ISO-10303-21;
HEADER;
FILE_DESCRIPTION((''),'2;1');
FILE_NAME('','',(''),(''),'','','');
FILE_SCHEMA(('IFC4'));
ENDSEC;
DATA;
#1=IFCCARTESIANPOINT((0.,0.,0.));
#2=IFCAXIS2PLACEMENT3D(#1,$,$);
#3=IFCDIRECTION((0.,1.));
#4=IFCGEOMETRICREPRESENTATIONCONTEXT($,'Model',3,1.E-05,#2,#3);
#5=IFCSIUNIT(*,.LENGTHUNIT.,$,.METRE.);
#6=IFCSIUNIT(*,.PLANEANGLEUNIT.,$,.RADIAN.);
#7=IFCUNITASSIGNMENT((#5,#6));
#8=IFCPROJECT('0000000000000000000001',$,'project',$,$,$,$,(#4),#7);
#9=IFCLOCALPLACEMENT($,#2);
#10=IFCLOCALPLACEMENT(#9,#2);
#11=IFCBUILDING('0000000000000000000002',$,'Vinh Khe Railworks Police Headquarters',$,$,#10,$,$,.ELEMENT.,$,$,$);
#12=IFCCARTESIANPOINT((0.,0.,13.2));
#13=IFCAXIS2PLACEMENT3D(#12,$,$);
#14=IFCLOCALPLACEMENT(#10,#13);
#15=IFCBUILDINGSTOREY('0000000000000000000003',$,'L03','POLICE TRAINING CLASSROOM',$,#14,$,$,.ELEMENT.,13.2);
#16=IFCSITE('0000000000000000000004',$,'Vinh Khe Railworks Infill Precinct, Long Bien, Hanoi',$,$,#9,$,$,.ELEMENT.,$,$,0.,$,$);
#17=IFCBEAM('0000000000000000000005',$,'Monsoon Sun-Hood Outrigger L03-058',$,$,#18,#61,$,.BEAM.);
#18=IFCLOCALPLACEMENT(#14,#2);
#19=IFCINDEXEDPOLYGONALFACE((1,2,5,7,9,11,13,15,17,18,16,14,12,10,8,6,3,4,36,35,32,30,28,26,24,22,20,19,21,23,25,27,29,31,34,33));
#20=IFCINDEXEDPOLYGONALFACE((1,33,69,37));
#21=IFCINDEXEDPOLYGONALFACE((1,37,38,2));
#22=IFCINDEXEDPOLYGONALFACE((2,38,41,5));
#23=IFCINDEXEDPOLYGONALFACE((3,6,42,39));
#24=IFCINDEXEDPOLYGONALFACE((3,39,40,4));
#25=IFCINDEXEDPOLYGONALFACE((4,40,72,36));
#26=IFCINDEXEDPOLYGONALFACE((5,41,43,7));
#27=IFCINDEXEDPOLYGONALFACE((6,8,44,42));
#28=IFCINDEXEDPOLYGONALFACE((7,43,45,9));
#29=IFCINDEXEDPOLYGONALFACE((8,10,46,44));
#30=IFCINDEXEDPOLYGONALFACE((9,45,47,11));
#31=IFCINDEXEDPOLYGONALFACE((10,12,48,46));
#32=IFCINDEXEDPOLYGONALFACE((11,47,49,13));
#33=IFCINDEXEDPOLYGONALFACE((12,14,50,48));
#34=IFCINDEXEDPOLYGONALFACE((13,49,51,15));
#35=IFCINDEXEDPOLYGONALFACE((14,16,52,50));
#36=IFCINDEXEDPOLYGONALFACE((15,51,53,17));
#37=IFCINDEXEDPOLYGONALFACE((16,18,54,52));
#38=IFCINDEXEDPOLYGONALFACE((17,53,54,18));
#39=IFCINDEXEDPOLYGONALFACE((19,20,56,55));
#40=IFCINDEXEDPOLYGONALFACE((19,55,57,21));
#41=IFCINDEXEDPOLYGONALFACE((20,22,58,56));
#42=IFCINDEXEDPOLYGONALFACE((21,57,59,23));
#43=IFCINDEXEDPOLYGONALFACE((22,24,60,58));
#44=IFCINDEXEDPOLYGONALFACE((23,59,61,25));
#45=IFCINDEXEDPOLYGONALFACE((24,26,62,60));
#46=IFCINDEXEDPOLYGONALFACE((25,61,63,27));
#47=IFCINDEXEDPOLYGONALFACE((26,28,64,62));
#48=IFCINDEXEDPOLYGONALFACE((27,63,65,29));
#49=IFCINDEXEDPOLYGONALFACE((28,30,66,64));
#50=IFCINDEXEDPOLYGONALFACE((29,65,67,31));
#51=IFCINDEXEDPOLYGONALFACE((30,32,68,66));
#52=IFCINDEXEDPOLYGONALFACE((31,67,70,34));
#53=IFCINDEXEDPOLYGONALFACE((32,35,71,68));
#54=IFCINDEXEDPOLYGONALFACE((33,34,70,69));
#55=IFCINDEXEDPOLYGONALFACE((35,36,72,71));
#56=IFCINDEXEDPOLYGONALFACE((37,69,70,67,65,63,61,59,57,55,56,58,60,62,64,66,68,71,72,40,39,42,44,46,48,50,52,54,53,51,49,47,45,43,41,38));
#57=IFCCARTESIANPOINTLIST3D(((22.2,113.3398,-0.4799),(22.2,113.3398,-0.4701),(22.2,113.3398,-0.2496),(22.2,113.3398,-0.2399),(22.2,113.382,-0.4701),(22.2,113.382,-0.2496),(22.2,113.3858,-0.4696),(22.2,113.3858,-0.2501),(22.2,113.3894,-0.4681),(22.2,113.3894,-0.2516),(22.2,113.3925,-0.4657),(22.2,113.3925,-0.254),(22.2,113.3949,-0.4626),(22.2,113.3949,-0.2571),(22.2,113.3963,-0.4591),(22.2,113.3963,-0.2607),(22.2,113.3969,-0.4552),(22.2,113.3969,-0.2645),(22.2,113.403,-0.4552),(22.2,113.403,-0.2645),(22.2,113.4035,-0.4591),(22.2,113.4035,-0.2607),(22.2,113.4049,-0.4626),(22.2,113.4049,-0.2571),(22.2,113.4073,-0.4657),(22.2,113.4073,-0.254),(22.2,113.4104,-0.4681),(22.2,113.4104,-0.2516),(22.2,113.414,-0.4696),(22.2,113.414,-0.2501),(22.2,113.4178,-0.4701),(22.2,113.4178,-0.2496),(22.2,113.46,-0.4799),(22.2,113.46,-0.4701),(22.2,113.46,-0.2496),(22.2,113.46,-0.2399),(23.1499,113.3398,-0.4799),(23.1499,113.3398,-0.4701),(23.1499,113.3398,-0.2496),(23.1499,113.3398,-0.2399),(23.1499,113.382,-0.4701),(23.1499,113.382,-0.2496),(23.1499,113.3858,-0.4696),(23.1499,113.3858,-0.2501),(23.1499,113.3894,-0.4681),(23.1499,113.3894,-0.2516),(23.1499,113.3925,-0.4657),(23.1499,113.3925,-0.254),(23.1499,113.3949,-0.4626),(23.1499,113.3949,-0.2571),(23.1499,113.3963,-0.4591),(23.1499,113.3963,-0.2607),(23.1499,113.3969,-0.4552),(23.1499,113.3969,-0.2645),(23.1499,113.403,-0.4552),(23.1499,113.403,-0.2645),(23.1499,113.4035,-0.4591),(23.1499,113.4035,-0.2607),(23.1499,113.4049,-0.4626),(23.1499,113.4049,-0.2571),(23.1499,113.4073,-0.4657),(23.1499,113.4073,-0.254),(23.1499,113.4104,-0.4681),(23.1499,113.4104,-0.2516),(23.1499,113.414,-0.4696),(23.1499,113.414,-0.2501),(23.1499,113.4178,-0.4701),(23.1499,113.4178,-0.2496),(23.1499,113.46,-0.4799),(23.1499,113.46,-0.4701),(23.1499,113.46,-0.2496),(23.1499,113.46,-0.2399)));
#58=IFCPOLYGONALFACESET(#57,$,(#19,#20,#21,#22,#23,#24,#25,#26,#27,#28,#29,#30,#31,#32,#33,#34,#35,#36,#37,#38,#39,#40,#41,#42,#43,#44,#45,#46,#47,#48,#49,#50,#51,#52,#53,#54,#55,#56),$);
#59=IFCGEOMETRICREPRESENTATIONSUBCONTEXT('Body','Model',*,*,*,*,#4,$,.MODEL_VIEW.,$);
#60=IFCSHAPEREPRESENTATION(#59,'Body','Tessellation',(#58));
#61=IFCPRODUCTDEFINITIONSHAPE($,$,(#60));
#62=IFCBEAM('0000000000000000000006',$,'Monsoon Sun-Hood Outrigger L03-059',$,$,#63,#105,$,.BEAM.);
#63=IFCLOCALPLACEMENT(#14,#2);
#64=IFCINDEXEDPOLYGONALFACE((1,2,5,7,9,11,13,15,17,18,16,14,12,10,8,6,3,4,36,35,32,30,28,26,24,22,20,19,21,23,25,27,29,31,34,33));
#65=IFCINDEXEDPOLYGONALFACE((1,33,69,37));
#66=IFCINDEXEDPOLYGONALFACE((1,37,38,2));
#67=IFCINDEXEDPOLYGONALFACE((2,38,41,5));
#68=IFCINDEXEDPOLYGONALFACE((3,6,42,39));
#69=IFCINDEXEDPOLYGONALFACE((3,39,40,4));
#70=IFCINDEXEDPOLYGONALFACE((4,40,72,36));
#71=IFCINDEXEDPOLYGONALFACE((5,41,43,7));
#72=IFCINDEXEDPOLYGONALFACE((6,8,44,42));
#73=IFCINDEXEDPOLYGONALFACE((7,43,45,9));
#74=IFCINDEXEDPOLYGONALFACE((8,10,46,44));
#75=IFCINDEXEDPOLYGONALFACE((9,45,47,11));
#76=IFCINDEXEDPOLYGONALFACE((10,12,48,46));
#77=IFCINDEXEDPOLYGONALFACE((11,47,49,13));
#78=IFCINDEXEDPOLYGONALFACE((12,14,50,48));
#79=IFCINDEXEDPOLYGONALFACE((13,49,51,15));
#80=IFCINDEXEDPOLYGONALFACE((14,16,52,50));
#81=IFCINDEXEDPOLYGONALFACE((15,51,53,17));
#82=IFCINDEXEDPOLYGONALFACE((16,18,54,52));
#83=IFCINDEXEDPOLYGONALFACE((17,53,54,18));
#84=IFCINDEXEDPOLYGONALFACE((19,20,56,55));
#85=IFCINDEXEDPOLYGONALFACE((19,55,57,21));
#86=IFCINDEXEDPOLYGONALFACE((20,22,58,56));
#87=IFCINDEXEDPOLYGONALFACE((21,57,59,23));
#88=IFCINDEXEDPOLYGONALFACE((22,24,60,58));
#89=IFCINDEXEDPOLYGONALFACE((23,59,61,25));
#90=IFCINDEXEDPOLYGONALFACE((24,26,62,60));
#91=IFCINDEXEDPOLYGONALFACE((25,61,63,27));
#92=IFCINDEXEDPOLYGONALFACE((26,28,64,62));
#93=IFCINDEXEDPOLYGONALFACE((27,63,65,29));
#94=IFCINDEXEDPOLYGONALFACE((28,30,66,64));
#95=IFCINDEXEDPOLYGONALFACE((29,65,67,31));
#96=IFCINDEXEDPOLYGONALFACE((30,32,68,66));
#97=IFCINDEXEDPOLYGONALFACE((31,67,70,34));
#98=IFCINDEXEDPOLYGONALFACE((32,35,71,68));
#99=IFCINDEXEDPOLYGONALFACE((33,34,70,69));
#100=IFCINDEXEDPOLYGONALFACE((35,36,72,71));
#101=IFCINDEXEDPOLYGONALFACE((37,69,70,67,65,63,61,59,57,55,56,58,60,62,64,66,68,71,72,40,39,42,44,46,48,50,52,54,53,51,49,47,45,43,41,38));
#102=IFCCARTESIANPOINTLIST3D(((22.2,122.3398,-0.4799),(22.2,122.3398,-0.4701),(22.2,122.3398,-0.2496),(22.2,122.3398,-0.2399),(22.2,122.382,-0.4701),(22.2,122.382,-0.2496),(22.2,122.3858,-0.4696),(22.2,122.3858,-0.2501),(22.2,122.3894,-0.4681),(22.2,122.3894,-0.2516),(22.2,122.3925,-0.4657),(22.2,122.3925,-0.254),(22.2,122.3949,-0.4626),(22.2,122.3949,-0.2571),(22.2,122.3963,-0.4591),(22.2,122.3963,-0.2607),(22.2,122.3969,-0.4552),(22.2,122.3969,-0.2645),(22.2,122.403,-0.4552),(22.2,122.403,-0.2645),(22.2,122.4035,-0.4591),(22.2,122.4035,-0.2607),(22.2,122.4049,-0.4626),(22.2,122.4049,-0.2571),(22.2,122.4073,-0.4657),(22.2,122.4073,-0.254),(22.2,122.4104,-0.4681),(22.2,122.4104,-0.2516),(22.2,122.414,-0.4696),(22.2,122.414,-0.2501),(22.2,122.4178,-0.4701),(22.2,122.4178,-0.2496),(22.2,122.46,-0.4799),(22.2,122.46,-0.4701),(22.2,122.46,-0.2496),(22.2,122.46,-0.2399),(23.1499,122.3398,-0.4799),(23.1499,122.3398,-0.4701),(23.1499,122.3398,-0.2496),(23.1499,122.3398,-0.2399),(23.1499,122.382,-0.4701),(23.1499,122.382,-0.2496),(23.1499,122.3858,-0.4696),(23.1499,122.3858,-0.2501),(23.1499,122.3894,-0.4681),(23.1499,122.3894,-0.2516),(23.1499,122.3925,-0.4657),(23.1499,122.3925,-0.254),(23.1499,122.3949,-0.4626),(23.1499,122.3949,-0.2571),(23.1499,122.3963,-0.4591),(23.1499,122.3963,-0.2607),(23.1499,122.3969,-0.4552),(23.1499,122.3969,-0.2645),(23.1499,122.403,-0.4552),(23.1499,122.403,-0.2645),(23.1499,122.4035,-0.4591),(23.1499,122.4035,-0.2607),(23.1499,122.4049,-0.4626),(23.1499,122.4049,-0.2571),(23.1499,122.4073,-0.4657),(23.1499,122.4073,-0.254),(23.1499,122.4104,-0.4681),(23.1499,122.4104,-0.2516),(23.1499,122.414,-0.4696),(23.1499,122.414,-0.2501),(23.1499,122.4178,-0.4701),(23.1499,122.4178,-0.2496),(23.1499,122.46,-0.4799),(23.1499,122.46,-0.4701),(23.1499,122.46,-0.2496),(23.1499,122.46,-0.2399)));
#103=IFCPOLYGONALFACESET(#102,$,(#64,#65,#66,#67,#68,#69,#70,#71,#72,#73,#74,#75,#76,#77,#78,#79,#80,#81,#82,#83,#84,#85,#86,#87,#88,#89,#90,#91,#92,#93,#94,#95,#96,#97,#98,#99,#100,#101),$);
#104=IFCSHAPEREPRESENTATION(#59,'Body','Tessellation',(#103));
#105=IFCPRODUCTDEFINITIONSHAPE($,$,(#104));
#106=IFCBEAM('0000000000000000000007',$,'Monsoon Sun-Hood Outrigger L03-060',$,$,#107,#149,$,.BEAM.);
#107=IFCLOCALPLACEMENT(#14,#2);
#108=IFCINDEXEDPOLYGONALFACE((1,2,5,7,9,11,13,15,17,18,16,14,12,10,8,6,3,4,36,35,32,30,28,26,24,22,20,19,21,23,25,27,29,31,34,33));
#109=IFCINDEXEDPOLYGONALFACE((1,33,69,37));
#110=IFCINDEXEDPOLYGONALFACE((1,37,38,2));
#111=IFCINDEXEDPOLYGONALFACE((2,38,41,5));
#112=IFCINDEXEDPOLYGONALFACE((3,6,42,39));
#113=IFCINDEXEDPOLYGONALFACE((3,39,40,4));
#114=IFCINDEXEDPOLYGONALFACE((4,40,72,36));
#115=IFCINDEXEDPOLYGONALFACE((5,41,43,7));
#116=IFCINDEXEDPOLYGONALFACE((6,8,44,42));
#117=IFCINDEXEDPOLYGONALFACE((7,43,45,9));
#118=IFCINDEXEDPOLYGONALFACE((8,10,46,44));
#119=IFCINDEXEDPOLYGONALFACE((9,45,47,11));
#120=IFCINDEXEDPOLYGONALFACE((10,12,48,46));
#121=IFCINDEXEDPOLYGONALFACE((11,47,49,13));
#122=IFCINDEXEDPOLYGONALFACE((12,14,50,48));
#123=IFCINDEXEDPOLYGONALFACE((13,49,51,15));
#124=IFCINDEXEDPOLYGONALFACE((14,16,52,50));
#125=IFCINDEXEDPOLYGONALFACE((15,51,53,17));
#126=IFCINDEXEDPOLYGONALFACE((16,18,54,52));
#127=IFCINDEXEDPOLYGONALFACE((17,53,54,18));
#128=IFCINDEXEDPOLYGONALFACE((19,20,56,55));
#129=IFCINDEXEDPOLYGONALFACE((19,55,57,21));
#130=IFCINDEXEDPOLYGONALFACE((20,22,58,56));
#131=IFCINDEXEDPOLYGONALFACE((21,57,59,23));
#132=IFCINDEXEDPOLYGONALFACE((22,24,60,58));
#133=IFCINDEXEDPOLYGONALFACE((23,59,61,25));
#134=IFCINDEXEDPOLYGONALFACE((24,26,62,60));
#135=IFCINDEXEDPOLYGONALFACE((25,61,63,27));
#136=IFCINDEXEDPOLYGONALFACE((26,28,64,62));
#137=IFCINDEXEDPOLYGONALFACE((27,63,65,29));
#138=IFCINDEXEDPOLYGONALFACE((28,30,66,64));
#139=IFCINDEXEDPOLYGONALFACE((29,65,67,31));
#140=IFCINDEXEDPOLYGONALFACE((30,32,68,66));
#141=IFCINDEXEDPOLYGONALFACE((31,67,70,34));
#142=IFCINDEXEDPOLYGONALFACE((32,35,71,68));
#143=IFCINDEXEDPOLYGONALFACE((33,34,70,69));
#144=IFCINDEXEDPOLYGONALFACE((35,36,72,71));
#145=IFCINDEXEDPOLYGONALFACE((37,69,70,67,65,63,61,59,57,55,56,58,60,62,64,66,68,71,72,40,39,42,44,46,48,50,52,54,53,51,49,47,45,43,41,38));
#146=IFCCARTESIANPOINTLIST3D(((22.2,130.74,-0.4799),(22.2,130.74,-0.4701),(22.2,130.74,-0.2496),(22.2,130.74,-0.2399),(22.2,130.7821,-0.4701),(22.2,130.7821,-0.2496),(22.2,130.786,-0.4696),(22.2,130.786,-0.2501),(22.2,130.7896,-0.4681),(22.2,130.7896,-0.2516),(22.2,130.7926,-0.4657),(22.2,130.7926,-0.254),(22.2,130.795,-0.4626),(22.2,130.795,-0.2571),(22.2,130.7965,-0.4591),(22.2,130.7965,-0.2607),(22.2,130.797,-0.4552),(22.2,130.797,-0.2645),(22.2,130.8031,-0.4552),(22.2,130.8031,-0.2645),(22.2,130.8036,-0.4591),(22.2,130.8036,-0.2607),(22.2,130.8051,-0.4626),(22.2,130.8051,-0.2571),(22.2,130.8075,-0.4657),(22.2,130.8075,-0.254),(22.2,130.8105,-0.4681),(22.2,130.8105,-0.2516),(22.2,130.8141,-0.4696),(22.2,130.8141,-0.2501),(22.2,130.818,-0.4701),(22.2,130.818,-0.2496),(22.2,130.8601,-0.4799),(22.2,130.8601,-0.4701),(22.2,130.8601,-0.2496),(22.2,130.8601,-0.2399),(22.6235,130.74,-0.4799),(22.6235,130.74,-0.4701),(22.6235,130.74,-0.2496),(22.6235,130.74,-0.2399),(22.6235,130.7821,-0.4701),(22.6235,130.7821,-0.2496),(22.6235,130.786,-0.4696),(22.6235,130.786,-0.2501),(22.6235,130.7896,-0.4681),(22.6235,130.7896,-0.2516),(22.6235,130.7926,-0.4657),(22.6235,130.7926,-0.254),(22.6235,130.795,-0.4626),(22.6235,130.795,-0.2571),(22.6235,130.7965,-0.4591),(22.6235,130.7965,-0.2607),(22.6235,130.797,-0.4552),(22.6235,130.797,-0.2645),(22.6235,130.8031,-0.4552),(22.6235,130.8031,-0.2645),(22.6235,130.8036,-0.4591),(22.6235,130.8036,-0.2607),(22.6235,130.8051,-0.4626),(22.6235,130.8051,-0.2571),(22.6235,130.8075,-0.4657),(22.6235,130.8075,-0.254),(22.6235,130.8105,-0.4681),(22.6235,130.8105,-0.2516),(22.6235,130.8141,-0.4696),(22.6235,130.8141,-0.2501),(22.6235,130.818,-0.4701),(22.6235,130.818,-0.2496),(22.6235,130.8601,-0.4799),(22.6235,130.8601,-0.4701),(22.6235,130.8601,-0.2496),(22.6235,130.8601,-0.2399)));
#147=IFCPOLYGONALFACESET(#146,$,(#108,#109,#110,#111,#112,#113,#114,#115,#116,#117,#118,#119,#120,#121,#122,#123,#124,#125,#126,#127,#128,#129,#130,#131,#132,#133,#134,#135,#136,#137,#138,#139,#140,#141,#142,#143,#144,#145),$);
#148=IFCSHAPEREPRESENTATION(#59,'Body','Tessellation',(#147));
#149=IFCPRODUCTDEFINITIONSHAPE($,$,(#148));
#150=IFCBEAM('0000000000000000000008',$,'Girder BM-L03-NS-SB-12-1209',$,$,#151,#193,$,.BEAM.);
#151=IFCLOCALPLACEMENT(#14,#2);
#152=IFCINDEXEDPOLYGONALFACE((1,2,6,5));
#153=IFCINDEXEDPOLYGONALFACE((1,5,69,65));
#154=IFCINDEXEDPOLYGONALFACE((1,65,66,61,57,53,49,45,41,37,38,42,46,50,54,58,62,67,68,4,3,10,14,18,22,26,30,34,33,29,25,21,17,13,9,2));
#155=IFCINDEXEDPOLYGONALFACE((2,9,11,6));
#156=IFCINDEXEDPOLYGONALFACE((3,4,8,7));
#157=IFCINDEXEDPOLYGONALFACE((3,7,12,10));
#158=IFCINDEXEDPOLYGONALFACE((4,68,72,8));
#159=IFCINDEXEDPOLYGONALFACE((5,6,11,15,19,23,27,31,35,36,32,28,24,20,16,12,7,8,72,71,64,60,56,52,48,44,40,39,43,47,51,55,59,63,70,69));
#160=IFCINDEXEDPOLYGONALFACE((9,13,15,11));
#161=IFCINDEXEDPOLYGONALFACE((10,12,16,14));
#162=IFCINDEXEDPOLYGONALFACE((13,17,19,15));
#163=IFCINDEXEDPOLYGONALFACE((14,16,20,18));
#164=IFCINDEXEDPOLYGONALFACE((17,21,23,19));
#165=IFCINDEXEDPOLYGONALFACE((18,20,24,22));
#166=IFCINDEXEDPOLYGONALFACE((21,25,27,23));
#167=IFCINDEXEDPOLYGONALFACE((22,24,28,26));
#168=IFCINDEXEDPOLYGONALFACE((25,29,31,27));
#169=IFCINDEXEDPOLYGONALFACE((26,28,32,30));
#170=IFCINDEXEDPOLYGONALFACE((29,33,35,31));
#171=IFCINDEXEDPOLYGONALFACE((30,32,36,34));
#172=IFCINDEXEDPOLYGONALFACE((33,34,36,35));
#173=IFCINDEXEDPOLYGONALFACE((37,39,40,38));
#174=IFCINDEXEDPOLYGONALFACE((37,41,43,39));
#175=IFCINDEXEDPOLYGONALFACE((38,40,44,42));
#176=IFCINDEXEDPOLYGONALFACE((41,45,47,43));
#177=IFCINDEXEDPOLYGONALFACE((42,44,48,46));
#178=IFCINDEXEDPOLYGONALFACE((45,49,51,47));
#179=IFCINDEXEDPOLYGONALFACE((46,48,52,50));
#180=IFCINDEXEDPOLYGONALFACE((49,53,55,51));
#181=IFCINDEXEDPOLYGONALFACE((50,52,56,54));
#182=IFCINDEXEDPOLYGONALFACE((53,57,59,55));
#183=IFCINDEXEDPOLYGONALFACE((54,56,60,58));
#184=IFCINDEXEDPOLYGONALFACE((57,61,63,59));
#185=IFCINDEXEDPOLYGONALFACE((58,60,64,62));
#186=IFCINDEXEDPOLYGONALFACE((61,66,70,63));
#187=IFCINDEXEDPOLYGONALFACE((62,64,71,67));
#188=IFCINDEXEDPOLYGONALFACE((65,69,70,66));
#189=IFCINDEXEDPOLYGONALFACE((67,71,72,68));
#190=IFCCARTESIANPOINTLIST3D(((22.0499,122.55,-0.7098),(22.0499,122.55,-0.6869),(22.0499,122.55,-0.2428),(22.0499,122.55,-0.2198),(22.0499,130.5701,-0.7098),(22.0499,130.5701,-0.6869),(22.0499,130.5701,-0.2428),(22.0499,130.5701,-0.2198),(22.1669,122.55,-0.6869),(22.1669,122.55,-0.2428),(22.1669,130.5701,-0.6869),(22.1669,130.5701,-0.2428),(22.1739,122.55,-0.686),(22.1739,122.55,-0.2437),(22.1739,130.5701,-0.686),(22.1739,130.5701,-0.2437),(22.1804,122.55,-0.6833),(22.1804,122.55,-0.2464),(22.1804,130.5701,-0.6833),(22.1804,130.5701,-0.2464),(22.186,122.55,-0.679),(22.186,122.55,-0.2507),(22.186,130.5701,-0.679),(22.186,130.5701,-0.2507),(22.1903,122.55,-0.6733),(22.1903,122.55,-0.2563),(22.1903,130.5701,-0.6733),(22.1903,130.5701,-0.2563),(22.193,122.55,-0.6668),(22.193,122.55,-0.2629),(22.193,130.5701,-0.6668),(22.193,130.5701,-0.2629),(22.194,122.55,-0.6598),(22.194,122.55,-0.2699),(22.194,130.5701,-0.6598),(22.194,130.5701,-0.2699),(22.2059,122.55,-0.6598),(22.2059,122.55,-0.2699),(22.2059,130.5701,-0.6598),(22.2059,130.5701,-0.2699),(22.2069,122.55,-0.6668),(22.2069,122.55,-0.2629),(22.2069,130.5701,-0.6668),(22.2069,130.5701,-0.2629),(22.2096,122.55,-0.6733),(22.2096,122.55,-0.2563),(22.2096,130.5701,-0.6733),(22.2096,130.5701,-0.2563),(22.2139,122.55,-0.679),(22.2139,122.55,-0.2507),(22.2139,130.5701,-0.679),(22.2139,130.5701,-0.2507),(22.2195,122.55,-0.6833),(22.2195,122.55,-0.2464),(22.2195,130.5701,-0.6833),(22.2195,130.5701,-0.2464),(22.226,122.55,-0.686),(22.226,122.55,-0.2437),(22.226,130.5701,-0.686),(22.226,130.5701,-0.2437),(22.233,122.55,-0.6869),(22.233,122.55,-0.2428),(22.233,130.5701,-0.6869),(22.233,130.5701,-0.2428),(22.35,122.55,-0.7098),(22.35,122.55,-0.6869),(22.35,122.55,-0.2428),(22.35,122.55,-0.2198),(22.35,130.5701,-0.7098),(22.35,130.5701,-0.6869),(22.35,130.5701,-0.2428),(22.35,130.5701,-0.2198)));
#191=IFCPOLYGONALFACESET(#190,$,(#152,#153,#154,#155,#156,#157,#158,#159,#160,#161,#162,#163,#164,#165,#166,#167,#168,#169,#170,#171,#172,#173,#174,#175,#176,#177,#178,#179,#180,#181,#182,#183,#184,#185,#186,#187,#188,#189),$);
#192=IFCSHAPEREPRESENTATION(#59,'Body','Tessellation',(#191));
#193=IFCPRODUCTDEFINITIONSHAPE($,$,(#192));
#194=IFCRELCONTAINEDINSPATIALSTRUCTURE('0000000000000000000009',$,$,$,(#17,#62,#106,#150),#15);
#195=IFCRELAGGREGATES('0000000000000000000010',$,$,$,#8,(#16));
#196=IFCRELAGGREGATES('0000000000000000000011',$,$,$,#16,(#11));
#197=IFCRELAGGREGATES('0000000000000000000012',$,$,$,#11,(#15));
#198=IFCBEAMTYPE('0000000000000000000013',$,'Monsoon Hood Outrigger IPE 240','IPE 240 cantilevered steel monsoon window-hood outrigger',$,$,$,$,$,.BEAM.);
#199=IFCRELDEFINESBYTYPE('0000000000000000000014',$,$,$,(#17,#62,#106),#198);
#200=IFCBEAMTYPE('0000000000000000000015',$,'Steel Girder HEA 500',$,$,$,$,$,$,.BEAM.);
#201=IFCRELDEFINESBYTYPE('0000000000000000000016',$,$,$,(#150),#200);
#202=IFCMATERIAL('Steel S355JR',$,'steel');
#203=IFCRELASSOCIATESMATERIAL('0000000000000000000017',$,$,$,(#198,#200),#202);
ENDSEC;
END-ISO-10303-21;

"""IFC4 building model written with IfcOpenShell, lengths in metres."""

from ifc_helpers import new_model, si_unit, direction, frame, origin, origin_2d, place, context, subcontext, project, spatial, i_section, extrude, material, material_profile, profile_set, type_object, element, save


model = new_model("IFC4")

# Units and contexts
model_context = context("Model", 3, precision=1e-05, world=origin(), true_north=direction((0.0, 1.0)))
body_context = subcontext(model_context, "Body", "Model", "MODEL_VIEW")
ifc_project = project(units=[si_unit("LENGTHUNIT", "METRE"), si_unit("PLANEANGLEUNIT", "RADIAN")], contexts=[model_context])

# Site, building, storey
site_placement = place(None, origin())
site = spatial("IfcSite", under=ifc_project, at=site_placement, Name="Vinh Khe Railworks Infill Precinct, Long Bien, Hanoi", CompositionType="ELEMENT", RefElevation=0.0)
building_placement = place(site_placement, origin())
building = spatial("IfcBuilding", under=site, at=building_placement, Name="Vinh Khe Railworks Police Headquarters", CompositionType="ELEMENT")
storey_placement = place(building_placement, frame((0.0, 0.0, 13.2)))
storey = spatial("IfcBuildingStorey", under=building, at=storey_placement, Name="L03", Description="POLICE TRAINING CLASSROOM", CompositionType="ELEMENT", Elevation=13.2)

# Shared definitions
ifc_material_1 = material(Name="Steel S355JR", Category="steel")

# Beams
ifc_material_profile_1 = material_profile(ifc_material_1, i_section(OverallWidth=0.1201, OverallDepth=0.24, WebThickness=0.0061, FlangeThickness=0.0098, FilletRadius=0.0149, at=origin_2d()), Name="IPE 240")
ifc_profile_set_1 = profile_set([ifc_material_profile_1], Name="Steel S355JR")
beam_type_1 = type_object("IfcBeamType", Name="Monsoon Hood Outrigger IPE 240", Description="IPE 240 cantilevered steel monsoon window-hood outrigger", PredefinedType="BEAM", material=ifc_profile_set_1)
for number, where, z_axis, x_axis, name in (
    (1, (22.2, 113.3999, -0.3599), (1.0, 0.0, 0.0), (0.0, 1.0, 0.0), "Monsoon Sun-Hood Outrigger L03-058"),
    (2, (22.2, 122.3999, -0.3599), (1.0, 0.0, 0.0), (0.0, 1.0, 0.0), "Monsoon Sun-Hood Outrigger L03-059"),
):
    element("IfcBeam", number, at=place(storey_placement, frame(where, z_axis=z_axis, x_axis=x_axis)), inside=storey, type_object=beam_type_1, Name=name, PredefinedType="BEAM", context=body_context, shape_type="SweptSolid", body=[
        extrude(i_section(OverallWidth=0.1201, OverallDepth=0.24, WebThickness=0.0061, FlangeThickness=0.0098, FilletRadius=0.0149, at=origin_2d()), origin(), (0.0, 0.0, 1.0), 0.95),
    ])
beam_1_placement = place(storey_placement, frame((22.2, 130.8, -0.3599), z_axis=(1.0, 0.0, 0.0), x_axis=(0.0, 1.0, 0.0)))
element("IfcBeam", 3, at=beam_1_placement, inside=storey, type_object=beam_type_1, Name="Monsoon Sun-Hood Outrigger L03-060", PredefinedType="BEAM", context=body_context, shape_type="SweptSolid", body=[
    extrude(i_section(OverallWidth=0.1201, OverallDepth=0.24, WebThickness=0.0061, FlangeThickness=0.0098, FilletRadius=0.0149, at=origin_2d()), origin(), (0.0, 0.0, 1.0), 0.4236),
])
ifc_material_profile_2 = material_profile(ifc_material_1, i_section(OverallWidth=0.3, OverallDepth=0.49, WebThickness=0.012, FlangeThickness=0.0229, FilletRadius=0.0271, at=origin_2d()), Name="HEA 500")
ifc_profile_set_2 = profile_set([ifc_material_profile_2], Name="Steel S355JR")
beam_type_2 = type_object("IfcBeamType", Name="Steel Girder HEA 500", PredefinedType="BEAM", material=ifc_profile_set_2)
beam_2_placement = place(storey_placement, frame((22.2, 122.55, -0.4648), z_axis=(0.0, 1.0, 0.0), x_axis=(-1.0, 0.0, 0.0)))
element("IfcBeam", 4, at=beam_2_placement, inside=storey, type_object=beam_type_2, Name="Girder BM-L03-NS-SB-12-1209", PredefinedType="BEAM", context=body_context, shape_type="SweptSolid", body=[
    extrude(i_section(OverallWidth=0.3, OverallDepth=0.49, WebThickness=0.012, FlangeThickness=0.0229, FilletRadius=0.0271, at=origin_2d()), origin(), (0.0, 0.0, 1.0), 8.02),
])

save(model, "model.ifc")
